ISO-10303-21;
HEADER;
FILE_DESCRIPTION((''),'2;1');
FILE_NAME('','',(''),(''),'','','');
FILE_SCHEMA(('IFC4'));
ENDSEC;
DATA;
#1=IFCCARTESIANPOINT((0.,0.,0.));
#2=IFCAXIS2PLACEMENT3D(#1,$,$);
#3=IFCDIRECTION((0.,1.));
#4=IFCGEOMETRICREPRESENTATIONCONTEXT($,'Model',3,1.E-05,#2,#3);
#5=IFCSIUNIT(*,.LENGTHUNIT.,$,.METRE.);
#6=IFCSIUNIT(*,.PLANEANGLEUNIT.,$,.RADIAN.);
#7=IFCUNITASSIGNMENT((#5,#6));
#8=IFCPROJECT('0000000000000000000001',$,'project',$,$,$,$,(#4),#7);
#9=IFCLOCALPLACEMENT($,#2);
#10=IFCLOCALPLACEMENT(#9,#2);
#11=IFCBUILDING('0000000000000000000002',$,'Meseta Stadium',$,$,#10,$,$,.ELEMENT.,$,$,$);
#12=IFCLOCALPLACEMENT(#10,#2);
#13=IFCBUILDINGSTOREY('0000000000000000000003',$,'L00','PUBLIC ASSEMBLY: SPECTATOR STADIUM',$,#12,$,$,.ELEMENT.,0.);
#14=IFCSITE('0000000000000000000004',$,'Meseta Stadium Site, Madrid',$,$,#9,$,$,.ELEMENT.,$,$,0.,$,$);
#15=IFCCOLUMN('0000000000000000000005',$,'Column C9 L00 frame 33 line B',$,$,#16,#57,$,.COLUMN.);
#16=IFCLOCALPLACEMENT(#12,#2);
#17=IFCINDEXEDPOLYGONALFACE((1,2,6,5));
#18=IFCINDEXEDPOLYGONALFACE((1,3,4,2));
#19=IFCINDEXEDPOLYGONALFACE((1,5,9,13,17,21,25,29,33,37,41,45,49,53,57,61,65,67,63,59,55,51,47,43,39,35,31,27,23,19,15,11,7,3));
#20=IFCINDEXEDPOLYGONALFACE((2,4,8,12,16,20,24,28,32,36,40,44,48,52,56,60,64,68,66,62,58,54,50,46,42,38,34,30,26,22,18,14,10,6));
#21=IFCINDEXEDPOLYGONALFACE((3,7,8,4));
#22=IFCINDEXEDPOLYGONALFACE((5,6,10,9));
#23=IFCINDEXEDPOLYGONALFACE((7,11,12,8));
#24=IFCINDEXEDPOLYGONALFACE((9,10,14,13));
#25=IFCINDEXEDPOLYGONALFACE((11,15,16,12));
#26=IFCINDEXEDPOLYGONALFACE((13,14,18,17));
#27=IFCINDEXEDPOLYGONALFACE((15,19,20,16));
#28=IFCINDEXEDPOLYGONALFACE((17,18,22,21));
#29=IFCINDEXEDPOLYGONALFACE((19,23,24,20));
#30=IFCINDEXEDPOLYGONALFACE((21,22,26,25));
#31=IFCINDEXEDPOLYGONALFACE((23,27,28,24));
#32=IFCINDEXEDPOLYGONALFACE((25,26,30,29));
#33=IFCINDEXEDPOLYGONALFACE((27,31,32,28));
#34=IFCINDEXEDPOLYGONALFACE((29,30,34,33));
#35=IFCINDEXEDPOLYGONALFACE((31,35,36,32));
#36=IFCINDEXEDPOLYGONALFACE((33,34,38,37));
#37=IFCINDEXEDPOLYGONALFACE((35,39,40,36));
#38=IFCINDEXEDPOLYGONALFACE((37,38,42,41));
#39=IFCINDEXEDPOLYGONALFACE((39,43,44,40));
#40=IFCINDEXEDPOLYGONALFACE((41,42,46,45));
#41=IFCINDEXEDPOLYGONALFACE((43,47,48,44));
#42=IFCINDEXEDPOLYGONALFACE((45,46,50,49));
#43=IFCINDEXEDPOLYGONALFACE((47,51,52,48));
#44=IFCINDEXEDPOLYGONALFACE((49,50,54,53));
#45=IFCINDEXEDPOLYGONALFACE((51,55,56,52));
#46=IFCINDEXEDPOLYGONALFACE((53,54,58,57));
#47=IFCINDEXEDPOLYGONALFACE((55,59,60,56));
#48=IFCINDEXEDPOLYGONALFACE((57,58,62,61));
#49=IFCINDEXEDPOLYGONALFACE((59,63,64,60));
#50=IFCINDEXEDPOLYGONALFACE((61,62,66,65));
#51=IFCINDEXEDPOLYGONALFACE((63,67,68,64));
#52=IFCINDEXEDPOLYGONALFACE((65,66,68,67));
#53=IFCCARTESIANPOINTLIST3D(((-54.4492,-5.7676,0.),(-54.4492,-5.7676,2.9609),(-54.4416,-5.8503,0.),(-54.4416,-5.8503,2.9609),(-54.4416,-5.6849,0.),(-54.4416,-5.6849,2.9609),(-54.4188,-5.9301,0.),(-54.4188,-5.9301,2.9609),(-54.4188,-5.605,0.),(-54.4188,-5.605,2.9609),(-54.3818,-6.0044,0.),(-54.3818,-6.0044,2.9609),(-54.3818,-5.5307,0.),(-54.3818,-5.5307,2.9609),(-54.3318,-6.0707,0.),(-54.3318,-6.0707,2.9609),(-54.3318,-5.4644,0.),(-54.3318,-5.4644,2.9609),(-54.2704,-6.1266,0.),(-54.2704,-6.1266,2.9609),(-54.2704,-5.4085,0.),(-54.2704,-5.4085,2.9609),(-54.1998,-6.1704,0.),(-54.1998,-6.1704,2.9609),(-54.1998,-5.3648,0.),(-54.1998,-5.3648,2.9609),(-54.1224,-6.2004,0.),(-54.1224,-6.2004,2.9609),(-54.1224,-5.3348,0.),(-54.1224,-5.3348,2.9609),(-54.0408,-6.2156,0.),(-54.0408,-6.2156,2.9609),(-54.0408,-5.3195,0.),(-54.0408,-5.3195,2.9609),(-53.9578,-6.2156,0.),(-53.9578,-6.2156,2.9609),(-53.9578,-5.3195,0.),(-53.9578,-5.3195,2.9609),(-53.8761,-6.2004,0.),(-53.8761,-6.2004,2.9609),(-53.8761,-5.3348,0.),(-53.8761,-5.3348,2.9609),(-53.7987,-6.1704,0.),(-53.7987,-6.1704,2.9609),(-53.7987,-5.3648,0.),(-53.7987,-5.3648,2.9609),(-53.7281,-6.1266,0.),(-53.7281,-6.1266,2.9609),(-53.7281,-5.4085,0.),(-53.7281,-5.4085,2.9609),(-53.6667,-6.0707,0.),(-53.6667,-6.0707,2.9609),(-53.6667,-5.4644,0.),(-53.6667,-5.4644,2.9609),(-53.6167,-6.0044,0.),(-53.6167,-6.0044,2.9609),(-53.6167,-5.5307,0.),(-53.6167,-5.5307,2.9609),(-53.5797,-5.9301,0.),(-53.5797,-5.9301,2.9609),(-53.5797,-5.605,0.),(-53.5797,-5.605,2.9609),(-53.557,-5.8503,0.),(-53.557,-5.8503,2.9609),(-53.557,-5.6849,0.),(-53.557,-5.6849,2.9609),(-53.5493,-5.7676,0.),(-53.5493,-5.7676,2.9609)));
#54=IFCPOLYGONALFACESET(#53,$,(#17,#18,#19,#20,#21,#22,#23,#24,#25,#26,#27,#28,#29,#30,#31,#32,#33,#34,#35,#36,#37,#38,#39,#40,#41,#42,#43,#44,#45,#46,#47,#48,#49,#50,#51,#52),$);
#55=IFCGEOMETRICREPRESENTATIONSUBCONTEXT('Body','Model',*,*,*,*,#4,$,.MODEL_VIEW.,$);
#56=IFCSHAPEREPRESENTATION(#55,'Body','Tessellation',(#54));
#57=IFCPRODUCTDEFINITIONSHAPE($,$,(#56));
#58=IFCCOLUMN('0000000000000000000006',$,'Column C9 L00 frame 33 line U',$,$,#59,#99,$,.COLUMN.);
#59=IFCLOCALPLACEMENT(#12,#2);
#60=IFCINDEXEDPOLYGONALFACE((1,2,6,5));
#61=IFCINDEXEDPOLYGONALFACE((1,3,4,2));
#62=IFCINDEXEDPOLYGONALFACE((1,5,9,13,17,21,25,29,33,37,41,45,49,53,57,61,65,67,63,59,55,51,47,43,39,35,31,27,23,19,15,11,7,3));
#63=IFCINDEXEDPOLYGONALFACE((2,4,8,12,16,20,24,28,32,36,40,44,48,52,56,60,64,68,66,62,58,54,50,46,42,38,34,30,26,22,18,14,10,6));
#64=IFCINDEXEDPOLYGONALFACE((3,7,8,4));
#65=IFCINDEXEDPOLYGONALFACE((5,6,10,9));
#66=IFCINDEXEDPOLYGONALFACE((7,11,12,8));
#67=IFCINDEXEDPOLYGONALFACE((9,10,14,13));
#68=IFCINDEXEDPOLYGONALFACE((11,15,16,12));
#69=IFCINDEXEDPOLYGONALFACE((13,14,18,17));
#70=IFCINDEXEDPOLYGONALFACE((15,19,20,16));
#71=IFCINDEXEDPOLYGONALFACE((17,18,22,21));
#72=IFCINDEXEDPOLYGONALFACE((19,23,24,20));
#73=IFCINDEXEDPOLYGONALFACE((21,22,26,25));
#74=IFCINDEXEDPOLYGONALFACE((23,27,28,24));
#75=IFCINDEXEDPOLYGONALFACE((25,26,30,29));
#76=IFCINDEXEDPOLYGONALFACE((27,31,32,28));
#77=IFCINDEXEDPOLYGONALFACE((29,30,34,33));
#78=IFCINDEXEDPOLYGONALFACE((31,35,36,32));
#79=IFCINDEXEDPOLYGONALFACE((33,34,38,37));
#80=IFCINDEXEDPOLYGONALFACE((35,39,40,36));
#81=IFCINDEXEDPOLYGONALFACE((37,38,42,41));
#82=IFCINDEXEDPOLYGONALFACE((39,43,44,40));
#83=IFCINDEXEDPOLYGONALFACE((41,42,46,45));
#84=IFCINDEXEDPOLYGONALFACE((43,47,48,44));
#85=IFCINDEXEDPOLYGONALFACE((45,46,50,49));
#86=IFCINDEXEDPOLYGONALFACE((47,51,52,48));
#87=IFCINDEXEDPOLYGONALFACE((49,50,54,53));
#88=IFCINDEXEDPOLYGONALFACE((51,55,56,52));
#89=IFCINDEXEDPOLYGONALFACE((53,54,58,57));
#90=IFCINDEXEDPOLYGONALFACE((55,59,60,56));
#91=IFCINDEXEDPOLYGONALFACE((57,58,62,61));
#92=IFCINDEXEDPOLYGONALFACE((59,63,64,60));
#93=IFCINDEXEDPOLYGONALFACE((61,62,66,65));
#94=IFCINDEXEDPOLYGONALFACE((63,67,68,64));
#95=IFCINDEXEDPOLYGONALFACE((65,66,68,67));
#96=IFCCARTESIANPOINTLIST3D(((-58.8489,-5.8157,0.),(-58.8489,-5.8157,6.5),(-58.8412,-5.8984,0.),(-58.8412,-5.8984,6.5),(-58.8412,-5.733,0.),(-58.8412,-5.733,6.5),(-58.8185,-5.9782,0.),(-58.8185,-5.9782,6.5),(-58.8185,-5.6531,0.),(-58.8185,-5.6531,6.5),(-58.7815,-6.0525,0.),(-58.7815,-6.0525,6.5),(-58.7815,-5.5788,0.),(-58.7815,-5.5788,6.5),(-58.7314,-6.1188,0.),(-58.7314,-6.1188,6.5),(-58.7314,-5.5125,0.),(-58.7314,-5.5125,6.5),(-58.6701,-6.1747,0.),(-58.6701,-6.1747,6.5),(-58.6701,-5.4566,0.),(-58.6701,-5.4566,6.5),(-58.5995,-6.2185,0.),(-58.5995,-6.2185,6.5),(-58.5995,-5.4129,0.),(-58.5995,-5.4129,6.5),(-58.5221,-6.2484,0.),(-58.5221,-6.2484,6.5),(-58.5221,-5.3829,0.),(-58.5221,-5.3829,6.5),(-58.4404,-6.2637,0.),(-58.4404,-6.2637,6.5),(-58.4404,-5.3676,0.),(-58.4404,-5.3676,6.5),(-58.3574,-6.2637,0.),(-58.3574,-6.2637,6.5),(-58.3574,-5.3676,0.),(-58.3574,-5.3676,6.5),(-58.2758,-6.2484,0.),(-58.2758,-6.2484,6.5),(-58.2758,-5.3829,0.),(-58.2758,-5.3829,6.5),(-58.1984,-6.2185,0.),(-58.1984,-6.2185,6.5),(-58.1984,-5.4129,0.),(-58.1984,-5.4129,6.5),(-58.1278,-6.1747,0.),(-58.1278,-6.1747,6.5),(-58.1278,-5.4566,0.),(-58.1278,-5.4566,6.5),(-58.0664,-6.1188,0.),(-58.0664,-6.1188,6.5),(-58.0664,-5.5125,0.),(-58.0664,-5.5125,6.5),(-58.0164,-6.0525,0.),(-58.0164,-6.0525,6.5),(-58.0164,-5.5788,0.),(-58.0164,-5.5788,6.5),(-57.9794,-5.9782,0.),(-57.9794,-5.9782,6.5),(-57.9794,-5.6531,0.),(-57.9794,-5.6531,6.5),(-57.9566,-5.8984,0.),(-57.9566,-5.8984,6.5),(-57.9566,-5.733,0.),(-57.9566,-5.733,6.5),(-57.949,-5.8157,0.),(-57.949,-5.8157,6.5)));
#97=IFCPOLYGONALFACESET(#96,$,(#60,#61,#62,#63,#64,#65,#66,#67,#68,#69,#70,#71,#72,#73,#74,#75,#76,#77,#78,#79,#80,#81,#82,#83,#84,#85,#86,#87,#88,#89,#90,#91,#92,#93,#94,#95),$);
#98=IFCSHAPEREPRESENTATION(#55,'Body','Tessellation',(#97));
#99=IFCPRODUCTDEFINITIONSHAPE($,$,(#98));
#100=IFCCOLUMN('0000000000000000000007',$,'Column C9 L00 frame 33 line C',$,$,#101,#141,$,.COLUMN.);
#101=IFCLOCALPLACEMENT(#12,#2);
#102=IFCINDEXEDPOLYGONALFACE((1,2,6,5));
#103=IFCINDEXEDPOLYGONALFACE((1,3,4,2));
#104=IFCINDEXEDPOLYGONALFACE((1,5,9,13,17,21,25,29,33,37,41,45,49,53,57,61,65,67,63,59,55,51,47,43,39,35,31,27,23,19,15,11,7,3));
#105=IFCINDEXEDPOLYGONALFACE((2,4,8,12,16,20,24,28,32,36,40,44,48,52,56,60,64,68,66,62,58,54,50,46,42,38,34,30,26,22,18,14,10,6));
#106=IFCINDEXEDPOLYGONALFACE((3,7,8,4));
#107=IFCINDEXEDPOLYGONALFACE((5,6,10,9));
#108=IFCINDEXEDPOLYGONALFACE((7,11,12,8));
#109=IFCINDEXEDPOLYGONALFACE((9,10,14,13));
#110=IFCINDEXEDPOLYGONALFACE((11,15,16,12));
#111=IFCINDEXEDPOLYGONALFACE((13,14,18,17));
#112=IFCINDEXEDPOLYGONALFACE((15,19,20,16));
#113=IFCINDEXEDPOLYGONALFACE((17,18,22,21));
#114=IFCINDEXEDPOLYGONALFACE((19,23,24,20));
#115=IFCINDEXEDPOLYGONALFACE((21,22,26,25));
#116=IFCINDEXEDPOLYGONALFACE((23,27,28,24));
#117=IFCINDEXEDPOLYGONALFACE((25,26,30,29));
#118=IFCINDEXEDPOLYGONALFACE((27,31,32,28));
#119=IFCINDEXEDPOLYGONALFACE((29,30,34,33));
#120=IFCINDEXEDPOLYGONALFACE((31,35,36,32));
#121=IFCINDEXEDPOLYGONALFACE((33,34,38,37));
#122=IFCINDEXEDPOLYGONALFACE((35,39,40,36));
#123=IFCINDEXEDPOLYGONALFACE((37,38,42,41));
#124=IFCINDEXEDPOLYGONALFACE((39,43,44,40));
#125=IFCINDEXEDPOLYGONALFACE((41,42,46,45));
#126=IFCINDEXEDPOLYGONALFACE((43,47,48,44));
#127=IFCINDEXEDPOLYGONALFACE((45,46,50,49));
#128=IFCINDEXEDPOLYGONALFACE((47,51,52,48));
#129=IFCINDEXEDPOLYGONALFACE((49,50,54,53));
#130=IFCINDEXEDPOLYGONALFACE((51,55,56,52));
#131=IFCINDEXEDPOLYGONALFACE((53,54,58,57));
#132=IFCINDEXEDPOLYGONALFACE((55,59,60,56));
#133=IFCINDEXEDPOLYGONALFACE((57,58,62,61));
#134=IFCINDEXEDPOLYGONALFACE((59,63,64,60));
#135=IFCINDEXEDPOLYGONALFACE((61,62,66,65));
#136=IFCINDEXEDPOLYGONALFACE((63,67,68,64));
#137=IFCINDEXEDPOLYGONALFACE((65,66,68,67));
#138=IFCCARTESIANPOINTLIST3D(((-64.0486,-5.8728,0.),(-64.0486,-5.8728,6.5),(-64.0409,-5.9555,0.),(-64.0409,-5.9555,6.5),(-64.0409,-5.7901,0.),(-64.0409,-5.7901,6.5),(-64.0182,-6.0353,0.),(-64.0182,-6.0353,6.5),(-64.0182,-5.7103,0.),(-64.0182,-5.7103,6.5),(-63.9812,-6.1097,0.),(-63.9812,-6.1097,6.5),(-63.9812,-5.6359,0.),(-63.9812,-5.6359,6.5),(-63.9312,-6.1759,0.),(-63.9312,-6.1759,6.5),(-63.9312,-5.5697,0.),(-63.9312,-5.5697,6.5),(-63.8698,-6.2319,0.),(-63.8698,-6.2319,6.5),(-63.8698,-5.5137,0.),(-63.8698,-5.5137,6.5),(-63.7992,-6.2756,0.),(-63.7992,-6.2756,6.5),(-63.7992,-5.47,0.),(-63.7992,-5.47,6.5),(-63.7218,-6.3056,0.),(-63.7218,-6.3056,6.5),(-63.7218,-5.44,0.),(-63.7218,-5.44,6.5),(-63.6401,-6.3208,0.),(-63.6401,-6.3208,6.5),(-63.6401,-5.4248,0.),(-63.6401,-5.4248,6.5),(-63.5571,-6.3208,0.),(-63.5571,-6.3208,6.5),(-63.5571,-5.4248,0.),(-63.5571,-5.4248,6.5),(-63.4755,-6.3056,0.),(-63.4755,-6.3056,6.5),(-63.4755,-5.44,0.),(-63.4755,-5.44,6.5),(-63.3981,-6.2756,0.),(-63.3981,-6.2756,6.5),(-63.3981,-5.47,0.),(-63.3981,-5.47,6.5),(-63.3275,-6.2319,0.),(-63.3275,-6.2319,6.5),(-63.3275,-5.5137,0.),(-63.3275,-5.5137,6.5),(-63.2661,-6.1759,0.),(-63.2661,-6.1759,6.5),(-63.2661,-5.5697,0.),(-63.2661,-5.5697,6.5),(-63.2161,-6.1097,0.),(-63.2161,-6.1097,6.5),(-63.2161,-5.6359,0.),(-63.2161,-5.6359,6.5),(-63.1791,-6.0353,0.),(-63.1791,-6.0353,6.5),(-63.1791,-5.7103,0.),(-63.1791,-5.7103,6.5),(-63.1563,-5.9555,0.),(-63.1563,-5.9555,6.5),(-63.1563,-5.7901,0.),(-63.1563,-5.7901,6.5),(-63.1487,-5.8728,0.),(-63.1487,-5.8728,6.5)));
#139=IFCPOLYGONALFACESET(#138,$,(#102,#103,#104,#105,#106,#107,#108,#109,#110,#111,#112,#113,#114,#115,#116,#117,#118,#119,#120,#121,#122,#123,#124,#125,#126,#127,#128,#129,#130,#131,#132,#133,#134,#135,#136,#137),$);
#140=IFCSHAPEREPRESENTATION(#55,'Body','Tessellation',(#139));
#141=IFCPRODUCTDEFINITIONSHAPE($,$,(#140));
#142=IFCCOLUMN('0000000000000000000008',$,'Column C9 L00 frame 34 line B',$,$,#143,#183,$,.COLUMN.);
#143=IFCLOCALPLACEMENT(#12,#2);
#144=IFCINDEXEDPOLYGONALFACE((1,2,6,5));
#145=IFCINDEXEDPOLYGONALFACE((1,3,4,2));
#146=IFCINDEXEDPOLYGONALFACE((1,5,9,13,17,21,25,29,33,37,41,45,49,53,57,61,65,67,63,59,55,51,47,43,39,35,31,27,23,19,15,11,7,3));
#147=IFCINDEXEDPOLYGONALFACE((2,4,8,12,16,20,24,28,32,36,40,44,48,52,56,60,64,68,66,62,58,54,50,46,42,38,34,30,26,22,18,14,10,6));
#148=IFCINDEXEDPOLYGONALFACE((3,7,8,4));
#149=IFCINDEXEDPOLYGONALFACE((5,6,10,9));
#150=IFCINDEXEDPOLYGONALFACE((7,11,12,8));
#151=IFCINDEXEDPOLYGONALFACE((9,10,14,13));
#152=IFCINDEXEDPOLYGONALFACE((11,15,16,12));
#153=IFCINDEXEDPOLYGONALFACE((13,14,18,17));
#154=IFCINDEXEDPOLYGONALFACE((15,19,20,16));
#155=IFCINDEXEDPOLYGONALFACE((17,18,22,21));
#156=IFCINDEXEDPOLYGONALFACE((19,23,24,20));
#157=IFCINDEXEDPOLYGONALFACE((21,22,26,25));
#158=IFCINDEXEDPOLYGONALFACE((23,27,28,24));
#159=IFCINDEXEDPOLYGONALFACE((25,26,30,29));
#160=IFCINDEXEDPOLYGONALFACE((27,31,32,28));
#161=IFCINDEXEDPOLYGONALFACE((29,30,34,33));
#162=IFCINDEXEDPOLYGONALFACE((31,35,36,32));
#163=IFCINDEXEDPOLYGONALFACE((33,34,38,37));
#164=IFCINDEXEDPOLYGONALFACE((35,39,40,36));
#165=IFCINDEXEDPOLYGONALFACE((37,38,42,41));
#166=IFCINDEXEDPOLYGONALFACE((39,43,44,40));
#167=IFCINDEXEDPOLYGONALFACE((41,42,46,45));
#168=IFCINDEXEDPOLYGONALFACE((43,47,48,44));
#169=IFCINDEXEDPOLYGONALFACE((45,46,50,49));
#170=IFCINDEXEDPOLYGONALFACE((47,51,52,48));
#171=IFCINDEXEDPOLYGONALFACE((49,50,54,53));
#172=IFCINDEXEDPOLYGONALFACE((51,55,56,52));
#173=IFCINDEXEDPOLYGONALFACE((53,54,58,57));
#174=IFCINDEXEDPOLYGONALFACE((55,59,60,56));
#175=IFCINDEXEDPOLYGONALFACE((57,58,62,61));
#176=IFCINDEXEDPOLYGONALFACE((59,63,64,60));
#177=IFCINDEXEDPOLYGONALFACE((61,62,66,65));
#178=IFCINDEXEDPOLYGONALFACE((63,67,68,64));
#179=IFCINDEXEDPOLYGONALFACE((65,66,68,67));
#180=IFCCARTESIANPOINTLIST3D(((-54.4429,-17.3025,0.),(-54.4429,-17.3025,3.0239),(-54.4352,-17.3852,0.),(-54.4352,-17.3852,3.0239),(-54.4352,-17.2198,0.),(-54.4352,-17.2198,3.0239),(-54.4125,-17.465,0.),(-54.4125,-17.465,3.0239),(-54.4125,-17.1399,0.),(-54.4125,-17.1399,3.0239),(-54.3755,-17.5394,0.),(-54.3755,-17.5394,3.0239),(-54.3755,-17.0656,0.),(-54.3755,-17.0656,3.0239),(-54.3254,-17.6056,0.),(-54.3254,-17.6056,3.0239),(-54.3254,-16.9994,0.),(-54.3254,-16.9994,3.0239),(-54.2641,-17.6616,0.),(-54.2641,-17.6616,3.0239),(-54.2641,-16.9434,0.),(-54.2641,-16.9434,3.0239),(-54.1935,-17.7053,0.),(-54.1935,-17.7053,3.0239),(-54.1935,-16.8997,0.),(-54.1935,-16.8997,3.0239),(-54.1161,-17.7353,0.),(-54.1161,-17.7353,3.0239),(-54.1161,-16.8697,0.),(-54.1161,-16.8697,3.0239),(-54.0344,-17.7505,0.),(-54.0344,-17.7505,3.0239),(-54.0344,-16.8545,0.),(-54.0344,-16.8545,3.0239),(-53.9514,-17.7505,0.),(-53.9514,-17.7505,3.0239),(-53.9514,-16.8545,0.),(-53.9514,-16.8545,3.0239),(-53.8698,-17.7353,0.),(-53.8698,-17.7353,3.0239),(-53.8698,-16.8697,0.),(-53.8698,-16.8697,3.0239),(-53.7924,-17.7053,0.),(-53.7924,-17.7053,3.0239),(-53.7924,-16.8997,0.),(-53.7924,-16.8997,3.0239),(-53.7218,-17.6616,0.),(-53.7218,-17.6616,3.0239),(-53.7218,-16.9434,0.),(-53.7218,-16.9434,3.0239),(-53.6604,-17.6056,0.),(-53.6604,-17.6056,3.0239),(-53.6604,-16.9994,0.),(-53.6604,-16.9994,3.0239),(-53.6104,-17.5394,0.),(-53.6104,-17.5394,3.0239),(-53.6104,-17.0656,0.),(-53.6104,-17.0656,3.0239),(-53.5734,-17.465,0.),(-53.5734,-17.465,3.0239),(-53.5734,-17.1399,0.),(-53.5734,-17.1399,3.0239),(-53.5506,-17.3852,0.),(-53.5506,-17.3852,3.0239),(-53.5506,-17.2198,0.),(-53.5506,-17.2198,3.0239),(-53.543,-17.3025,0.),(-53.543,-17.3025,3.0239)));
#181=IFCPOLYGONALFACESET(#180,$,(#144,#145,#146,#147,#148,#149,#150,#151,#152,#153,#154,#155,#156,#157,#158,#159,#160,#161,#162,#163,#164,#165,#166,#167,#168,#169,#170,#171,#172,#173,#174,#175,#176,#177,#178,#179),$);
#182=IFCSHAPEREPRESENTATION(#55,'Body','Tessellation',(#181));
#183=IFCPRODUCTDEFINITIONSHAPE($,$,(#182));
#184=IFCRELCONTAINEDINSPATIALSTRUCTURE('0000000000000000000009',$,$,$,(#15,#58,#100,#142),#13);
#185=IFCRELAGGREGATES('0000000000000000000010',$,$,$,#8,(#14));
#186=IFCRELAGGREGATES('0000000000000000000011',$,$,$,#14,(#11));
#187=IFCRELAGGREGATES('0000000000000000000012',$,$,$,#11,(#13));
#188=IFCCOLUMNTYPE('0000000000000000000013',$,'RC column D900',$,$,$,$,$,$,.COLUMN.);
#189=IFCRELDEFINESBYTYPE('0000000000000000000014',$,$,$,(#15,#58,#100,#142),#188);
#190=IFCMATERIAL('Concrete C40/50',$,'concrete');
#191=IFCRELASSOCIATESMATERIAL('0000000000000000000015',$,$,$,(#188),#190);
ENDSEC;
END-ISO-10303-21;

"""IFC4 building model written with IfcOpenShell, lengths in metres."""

from ifc_helpers import new_model, si_unit, direction, frame, origin, origin_2d, place, context, subcontext, project, spatial, circle, extrude, material, material_profile, profile_set, type_object, element, save


model = new_model("IFC4")

# Units and contexts
model_context = context("Model", 3, precision=1e-05, world=origin(), true_north=direction((0.0, 1.0)))
body_context = subcontext(model_context, "Body", "Model", "MODEL_VIEW")
ifc_project = project(units=[si_unit("LENGTHUNIT", "METRE"), si_unit("PLANEANGLEUNIT", "RADIAN")], contexts=[model_context])

# Site, building, storey
site_placement = place(None, origin())
site = spatial("IfcSite", under=ifc_project, at=site_placement, Name="Meseta Stadium Site, Madrid", CompositionType="ELEMENT", RefElevation=0.0)
building_placement = place(site_placement, origin())
building = spatial("IfcBuilding", under=site, at=building_placement, Name="Meseta Stadium", CompositionType="ELEMENT")
storey_placement = place(building_placement, origin())
storey = spatial("IfcBuildingStorey", under=building, at=storey_placement, Name="L00", Description="PUBLIC ASSEMBLY: SPECTATOR STADIUM", CompositionType="ELEMENT", Elevation=0.0)

# Columns
ifc_material_1 = material(Name="Concrete C40/50", Category="concrete")
ifc_material_profile_1 = material_profile(ifc_material_1, circle(Radius=0.45, at=origin_2d()), Name="RC D900")
ifc_profile_set_1 = profile_set([ifc_material_profile_1], Name="Concrete C40/50")
column_type = type_object("IfcColumnType", Name="RC column D900", PredefinedType="COLUMN", material=ifc_profile_set_1)
column_1_placement = place(storey_placement, frame((-53.9993, -5.7676, 0.0), z_axis=(0.0, 0.0, 1.0), x_axis=(1.0, 0.0, 0.0)))
element("IfcColumn", 1, at=column_1_placement, inside=storey, type_object=column_type, Name="Column C9 L00 frame 33 line B", PredefinedType="COLUMN", context=body_context, shape_type="SweptSolid", body=[
    extrude(circle(Radius=0.45, at=origin_2d()), origin(), (0.0, 0.0, 1.0), 2.9609),
])
for number, where, z_axis, x_axis, name in (
    (2, (-58.3989, -5.8157, 0.0), (0.0, 0.0, 1.0), (1.0, 0.0, 0.0), "Column C9 L00 frame 33 line U"),
    (3, (-63.5986, -5.8728, 0.0), (0.0, 0.0, 1.0), (1.0, 0.0, 0.0), "Column C9 L00 frame 33 line C"),
):
    element("IfcColumn", number, at=place(storey_placement, frame(where, z_axis=z_axis, x_axis=x_axis)), inside=storey, type_object=column_type, Name=name, PredefinedType="COLUMN", context=body_context, shape_type="SweptSolid", body=[
        extrude(circle(Radius=0.45, at=origin_2d()), origin(), (0.0, 0.0, 1.0), 6.5),
    ])
column_2_placement = place(storey_placement, frame((-53.9929, -17.3025, 0.0), z_axis=(0.0, 0.0, 1.0), x_axis=(1.0, 0.0, 0.0)))
element("IfcColumn", 4, at=column_2_placement, inside=storey, type_object=column_type, Name="Column C9 L00 frame 34 line B", PredefinedType="COLUMN", context=body_context, shape_type="SweptSolid", body=[
    extrude(circle(Radius=0.45, at=origin_2d()), origin(), (0.0, 0.0, 1.0), 3.0239),
])

save(model, "model.ifc")
